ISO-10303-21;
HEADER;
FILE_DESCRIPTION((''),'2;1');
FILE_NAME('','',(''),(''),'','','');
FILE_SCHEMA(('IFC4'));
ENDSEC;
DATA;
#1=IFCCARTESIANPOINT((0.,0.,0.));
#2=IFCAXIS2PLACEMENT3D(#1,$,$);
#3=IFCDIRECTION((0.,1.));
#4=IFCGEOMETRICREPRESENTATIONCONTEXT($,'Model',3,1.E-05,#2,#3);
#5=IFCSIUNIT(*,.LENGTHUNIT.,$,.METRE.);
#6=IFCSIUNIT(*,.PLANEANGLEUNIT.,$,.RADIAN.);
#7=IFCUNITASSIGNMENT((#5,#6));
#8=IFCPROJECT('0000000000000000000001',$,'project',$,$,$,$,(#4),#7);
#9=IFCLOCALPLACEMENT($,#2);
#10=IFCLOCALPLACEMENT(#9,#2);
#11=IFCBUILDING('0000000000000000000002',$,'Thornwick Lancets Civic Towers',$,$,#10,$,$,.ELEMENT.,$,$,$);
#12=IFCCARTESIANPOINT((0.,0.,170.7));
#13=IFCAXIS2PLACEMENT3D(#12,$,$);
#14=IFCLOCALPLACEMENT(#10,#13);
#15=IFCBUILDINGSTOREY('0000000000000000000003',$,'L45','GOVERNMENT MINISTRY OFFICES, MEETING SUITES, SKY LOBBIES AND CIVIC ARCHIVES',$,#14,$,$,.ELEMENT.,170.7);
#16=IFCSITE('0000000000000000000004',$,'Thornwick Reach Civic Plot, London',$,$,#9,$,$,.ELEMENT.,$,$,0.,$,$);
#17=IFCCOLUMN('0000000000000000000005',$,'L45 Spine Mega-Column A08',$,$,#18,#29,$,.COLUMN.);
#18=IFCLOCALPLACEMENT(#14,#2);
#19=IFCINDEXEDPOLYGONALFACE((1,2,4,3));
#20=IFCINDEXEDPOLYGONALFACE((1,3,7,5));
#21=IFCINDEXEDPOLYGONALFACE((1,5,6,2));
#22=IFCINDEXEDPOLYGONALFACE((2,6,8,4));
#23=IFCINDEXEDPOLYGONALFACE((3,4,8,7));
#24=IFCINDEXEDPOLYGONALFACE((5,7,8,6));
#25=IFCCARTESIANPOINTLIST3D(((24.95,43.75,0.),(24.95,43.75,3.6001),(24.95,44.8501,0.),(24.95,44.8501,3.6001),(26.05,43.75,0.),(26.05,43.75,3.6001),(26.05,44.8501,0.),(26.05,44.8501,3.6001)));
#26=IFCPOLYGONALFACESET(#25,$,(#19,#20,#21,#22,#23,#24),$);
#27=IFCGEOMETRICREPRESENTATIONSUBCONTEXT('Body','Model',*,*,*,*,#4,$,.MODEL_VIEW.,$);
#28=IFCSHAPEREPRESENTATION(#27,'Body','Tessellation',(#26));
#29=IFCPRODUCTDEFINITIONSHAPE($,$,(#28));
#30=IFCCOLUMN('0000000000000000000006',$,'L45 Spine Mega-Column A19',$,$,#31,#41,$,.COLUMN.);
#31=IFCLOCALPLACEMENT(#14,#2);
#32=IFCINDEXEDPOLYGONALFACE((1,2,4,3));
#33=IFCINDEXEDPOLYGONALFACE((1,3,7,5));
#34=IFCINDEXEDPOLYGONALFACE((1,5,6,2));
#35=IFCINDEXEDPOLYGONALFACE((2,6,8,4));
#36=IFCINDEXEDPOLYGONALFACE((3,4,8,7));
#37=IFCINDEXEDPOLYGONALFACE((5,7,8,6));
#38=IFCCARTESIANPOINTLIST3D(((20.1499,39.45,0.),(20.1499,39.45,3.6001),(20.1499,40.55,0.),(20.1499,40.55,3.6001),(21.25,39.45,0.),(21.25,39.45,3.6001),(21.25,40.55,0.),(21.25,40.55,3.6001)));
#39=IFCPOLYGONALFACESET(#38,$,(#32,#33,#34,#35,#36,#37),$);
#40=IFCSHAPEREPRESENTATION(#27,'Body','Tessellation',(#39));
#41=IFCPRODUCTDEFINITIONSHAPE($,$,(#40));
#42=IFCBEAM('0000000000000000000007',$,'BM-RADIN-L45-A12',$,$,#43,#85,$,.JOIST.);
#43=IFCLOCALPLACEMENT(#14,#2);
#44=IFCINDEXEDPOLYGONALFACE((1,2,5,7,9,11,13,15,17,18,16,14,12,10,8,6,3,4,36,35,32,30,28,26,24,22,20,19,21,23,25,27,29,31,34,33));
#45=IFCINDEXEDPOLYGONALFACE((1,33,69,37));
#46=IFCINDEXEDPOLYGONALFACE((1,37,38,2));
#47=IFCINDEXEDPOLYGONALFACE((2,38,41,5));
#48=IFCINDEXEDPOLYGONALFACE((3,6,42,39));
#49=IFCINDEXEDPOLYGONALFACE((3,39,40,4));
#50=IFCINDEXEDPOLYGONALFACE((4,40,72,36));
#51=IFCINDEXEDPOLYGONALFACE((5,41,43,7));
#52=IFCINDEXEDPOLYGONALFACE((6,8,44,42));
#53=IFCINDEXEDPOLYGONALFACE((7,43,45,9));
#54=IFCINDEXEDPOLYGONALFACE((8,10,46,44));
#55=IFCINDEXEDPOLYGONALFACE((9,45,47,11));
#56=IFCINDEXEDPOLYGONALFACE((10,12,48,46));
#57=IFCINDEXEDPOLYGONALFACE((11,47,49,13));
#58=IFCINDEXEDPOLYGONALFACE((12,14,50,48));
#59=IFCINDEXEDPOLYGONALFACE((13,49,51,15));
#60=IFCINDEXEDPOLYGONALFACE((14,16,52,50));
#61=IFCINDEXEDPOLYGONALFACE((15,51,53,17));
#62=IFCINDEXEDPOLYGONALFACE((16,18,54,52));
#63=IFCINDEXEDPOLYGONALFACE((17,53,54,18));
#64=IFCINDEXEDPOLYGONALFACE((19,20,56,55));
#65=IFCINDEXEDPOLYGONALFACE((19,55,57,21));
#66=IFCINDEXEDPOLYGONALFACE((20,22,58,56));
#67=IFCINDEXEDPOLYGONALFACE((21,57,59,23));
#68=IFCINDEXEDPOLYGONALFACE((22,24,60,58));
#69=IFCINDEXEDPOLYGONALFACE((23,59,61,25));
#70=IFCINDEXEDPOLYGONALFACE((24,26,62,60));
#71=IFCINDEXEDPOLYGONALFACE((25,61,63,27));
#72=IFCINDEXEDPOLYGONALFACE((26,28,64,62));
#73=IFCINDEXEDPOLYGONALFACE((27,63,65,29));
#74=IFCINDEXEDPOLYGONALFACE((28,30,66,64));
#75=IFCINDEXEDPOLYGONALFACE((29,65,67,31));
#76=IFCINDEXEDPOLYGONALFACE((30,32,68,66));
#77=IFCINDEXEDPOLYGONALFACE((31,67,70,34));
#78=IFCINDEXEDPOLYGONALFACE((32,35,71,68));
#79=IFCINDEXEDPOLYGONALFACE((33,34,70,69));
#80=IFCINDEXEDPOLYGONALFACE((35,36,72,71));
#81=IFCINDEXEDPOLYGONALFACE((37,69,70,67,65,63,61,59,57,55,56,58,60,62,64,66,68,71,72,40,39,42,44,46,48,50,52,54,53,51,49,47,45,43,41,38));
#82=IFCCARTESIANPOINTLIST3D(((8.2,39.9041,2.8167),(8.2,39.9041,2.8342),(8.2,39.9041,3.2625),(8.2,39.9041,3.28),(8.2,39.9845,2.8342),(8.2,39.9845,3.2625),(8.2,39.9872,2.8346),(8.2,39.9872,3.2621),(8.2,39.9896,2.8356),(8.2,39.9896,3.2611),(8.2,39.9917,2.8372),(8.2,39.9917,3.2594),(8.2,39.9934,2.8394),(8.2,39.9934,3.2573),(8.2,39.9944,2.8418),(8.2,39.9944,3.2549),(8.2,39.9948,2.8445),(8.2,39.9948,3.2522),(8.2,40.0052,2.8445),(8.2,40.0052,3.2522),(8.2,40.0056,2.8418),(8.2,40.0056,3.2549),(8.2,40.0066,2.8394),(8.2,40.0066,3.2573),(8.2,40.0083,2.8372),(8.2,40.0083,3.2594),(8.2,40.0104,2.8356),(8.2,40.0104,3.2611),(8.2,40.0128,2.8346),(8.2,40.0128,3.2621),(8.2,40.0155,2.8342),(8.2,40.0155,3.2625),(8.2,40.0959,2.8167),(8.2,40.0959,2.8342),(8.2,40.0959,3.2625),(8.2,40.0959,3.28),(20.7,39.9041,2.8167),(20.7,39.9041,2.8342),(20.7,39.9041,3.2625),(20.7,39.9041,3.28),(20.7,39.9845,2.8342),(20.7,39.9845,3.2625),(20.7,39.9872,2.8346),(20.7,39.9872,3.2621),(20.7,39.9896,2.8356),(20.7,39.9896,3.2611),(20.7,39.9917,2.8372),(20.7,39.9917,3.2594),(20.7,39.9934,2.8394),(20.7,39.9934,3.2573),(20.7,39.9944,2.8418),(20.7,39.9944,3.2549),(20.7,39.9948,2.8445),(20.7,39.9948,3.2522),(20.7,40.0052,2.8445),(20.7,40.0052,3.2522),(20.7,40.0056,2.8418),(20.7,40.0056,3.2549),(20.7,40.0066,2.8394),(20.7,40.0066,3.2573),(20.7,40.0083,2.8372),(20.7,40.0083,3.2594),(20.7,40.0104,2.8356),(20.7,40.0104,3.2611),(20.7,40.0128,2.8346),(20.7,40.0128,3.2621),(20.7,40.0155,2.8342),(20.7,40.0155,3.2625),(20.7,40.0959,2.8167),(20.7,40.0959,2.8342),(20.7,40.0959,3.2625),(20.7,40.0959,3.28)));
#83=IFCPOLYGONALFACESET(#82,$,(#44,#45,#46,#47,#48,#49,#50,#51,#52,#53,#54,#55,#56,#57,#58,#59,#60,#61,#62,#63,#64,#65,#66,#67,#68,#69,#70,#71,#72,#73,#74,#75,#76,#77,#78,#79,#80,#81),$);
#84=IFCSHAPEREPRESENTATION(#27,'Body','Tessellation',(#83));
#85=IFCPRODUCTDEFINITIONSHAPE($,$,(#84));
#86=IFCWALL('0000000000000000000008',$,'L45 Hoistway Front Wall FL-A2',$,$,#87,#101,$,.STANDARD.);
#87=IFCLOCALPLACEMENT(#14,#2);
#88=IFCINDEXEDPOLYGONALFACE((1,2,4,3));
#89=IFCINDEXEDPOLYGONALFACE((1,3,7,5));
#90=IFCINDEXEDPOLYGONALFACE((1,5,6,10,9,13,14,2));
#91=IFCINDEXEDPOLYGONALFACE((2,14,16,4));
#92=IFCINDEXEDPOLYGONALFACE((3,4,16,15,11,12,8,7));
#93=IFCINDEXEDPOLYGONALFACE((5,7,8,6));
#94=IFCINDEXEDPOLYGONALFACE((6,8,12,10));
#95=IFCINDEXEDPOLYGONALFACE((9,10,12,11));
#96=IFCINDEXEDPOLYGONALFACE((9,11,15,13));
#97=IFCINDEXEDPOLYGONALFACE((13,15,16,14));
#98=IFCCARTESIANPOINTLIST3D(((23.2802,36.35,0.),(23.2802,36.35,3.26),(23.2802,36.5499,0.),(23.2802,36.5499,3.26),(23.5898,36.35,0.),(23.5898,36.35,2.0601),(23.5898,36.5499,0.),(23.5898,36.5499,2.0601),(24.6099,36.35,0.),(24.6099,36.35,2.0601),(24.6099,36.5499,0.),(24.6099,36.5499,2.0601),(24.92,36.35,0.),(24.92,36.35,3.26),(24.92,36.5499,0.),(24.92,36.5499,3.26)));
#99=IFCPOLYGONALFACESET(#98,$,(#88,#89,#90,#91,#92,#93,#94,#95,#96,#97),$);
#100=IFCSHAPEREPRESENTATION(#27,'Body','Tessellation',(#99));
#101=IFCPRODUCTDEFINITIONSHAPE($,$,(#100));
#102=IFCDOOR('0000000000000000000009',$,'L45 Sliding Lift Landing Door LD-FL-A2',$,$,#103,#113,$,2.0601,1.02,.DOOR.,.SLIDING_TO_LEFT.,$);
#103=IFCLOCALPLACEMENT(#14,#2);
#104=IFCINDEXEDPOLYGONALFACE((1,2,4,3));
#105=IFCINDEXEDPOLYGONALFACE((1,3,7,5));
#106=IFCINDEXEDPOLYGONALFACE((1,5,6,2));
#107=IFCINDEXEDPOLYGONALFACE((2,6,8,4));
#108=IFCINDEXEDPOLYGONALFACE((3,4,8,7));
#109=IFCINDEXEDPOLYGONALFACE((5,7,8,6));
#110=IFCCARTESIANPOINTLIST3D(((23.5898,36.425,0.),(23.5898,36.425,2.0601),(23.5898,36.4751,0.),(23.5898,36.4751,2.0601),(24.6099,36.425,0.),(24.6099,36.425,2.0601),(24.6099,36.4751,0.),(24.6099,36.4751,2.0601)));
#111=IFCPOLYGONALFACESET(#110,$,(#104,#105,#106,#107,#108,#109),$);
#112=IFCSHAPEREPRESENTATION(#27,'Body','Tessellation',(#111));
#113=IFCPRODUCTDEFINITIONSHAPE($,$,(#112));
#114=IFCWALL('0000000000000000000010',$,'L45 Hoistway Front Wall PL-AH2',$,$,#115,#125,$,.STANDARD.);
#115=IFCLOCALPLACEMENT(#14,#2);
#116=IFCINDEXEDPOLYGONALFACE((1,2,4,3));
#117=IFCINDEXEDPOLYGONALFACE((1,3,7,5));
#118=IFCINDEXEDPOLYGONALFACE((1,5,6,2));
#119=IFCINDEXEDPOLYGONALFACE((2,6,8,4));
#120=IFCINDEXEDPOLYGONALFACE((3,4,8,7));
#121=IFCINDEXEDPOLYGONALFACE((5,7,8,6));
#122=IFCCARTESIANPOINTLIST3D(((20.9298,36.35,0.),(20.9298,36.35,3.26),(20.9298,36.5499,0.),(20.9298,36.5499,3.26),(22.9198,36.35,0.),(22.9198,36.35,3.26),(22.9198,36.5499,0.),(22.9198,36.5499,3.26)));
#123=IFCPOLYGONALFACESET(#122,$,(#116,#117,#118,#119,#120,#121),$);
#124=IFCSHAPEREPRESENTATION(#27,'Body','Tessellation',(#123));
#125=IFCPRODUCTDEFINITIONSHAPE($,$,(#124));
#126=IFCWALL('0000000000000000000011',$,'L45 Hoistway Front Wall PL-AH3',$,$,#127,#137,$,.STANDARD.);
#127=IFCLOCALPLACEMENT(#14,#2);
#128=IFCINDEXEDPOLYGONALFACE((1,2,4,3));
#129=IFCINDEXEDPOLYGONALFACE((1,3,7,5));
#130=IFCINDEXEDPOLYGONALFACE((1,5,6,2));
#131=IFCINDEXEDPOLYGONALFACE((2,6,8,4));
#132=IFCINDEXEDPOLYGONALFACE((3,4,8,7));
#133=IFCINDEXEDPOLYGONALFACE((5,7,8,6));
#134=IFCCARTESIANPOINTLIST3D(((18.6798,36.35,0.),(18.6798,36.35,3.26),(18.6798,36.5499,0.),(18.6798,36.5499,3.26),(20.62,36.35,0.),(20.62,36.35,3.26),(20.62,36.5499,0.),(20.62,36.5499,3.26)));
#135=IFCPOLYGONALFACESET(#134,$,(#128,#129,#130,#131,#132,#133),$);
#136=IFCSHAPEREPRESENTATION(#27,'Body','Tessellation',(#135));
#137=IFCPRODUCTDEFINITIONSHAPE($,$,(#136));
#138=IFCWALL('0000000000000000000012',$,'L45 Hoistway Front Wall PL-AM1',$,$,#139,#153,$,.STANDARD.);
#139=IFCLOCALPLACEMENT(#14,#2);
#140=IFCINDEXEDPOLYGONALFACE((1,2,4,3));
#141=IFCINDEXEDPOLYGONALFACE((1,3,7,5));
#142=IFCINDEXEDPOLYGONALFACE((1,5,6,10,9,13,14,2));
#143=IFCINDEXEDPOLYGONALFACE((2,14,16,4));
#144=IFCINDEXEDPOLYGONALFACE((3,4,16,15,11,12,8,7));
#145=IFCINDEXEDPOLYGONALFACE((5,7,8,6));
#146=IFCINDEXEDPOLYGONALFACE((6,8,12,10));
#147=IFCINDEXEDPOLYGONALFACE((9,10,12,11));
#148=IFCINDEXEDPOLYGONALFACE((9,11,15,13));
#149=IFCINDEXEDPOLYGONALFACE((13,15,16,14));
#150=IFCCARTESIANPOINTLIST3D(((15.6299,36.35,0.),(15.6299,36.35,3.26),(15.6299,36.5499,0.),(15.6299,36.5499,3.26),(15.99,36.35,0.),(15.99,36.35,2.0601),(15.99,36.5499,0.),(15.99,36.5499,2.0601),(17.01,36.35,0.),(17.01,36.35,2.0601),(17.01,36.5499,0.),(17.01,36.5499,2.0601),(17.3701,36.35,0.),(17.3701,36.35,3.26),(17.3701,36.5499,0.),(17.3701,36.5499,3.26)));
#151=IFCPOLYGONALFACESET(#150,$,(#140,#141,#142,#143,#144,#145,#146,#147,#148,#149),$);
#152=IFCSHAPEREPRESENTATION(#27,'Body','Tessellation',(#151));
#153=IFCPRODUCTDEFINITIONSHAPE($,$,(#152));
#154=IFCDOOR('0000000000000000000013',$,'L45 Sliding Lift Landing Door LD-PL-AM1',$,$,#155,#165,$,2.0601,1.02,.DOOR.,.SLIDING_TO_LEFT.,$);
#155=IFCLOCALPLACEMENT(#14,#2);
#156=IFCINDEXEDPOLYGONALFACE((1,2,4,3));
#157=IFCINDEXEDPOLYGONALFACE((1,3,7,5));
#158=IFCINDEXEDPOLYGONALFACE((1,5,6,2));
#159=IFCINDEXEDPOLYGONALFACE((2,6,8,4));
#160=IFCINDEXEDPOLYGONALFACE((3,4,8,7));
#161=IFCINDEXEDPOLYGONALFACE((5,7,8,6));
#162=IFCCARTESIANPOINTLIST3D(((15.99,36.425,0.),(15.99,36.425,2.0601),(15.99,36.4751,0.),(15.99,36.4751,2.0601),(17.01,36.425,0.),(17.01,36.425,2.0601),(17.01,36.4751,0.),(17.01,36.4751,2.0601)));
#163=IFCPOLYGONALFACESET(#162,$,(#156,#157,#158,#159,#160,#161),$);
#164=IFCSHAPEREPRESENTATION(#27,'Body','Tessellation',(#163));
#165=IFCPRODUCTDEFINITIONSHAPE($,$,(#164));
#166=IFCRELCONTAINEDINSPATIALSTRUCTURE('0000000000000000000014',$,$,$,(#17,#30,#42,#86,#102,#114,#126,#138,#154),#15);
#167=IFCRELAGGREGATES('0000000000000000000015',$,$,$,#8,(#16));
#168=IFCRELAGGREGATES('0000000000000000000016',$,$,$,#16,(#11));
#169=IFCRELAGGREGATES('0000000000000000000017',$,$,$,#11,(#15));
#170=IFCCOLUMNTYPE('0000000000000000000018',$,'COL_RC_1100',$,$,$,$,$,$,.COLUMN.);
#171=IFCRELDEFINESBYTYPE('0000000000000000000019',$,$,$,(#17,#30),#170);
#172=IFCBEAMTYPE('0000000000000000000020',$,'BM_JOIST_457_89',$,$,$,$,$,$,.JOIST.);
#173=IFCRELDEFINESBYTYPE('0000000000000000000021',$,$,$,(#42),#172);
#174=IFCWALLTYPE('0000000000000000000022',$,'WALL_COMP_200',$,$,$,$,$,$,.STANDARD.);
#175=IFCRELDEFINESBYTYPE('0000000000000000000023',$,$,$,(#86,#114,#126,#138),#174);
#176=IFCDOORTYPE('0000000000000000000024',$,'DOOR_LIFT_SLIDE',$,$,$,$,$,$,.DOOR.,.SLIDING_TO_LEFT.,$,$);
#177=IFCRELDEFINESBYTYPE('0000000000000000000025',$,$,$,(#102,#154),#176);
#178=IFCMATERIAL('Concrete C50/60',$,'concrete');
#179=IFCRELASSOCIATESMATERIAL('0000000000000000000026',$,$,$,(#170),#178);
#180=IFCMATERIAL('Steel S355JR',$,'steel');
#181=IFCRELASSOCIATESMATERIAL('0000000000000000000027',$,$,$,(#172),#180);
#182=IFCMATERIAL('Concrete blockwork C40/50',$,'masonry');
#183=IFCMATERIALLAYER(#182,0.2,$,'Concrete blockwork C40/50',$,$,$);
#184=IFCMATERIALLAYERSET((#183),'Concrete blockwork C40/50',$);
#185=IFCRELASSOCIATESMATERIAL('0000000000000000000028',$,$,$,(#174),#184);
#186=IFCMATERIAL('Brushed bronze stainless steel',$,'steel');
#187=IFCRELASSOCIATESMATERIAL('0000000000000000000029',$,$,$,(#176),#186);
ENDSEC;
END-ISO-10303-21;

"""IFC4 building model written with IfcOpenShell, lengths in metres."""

from ifc_helpers import new_model, si_unit, direction, frame, frame_2d, origin, origin_2d, place, context, subcontext, project, spatial, rectangle, i_section, extrude, material, layer, layer_set, material_profile, profile_set, type_object, element, fill, save


model = new_model("IFC4")

# Units and contexts
model_context = context("Model", 3, precision=1e-05, world=origin(), true_north=direction((0.0, 1.0)))
body_context = subcontext(model_context, "Body", "Model", "MODEL_VIEW")
ifc_project = project(units=[si_unit("LENGTHUNIT", "METRE"), si_unit("PLANEANGLEUNIT", "RADIAN")], contexts=[model_context])

# Site, building, storey
site_placement = place(None, origin())
site = spatial("IfcSite", under=ifc_project, at=site_placement, Name="Thornwick Reach Civic Plot, London", CompositionType="ELEMENT", RefElevation=0.0)
building_placement = place(site_placement, origin())
building = spatial("IfcBuilding", under=site, at=building_placement, Name="Thornwick Lancets Civic Towers", CompositionType="ELEMENT")
storey_placement = place(building_placement, frame((0.0, 0.0, 170.7)))
storey = spatial("IfcBuildingStorey", under=building, at=storey_placement, Name="L45", Description="GOVERNMENT MINISTRY OFFICES, MEETING SUITES, SKY LOBBIES AND CIVIC ARCHIVES", CompositionType="ELEMENT", Elevation=170.7)

# Columns
ifc_material_1 = material(Name="Concrete C50/60", Category="concrete")
ifc_material_profile_1 = material_profile(ifc_material_1, rectangle(XDim=1.1001, YDim=1.1001, at=origin_2d()), Name="RC 1100x1100")
ifc_profile_set_1 = profile_set([ifc_material_profile_1], Name="Concrete C50/60")
column_type = type_object("IfcColumnType", Name="COL_RC_1100", PredefinedType="COLUMN", material=ifc_profile_set_1)
for number, where, z_axis, x_axis, name in (
    (1, (25.5, 44.3, 0.0), (0.0, 0.0, 1.0), (1.0, 0.0, 0.0), "L45 Spine Mega-Column A08"),
    (2, (20.7, 40.0, 0.0), (0.0, 0.0, 1.0), (1.0, 0.0, 0.0), "L45 Spine Mega-Column A19"),
):
    element("IfcColumn", number, at=place(storey_placement, frame(where, z_axis=z_axis, x_axis=x_axis)), inside=storey, type_object=column_type, Name=name, PredefinedType="COLUMN", context=body_context, shape_type="SweptSolid", body=[
        extrude(rectangle(XDim=1.1001, YDim=1.1001, at=origin_2d()), origin(), (0.0, 0.0, 1.0), 3.6001),
    ])

# Beam
ifc_material_2 = material(Name="Steel S355JR", Category="steel")
ifc_material_profile_2 = material_profile(ifc_material_2, i_section(OverallWidth=0.1919, OverallDepth=0.4634, WebThickness=0.0105, FlangeThickness=0.0176, FilletRadius=0.0103, at=origin_2d()), Name="UKB 457x191x89")
ifc_profile_set_2 = profile_set([ifc_material_profile_2], Name="Steel S355JR")
beam_type = type_object("IfcBeamType", Name="BM_JOIST_457_89", PredefinedType="JOIST", material=ifc_profile_set_2)
beam_placement = place(storey_placement, frame((20.7, 40.0, 3.0483), z_axis=(-1.0, 0.0, 0.0), x_axis=(0.0, -1.0, 0.0)))
element("IfcBeam", 3, at=beam_placement, inside=storey, type_object=beam_type, Name="BM-RADIN-L45-A12", PredefinedType="JOIST", context=body_context, shape_type="SweptSolid", body=[
    extrude(i_section(OverallWidth=0.1919, OverallDepth=0.4634, WebThickness=0.0105, FlangeThickness=0.0176, FilletRadius=0.0103, at=origin_2d()), origin(), (0.0, 0.0, 1.0), 12.5),
])

# Wall, opening, door
ifc_material_3 = material(Name="Concrete blockwork C40/50", Category="masonry")
ifc_layer_1 = layer(ifc_material_3, 0.2, Name="Concrete blockwork C40/50")
ifc_layer_set_1 = layer_set([ifc_layer_1], Name="Concrete blockwork C40/50")
wall_type_1 = type_object("IfcWallType", Name="WALL_COMP_200", PredefinedType="STANDARD", material=ifc_layer_set_1)
wall_1_placement = place(storey_placement, frame((24.9199, 36.45, 0.0), z_axis=(0.0, 0.0, 1.0), x_axis=(-1.0, 0.0, 0.0)))
wall_1 = element("IfcWall", 4, at=wall_1_placement, inside=storey, type_object=wall_type_1, Name="L45 Hoistway Front Wall FL-A2", PredefinedType="STANDARD", context=body_context, shape_type="SweptSolid", body=[
    extrude(rectangle(XDim=1.6399, YDim=0.2, at=frame_2d((0.8198, 0.0))), origin(), (0.0, 0.0, 1.0), 3.26),
])
opening_1_placement = place(wall_1_placement, frame((0.3101, 0.0, 0.0)))
opening_1 = element("IfcOpeningElement", 5, at=opening_1_placement, cuts=wall_1, PredefinedType="OPENING", context=body_context, shape_type="SweptSolid", body=[
    extrude(rectangle(XDim=1.02, YDim=2.0601, at=frame_2d((0.51, 1.03))), frame((0.0, 0.1099, 0.0), z_axis=(0.0, -1.0, 0.0), x_axis=(1.0, 0.0, 0.0)), (0.0, 0.0, 1.0), 0.22),
])
ifc_material_4 = material(Name="Brushed bronze stainless steel", Category="steel")
door_type = type_object("IfcDoorType", Name="DOOR_LIFT_SLIDE", OperationType="SLIDING_TO_LEFT", PredefinedType="DOOR", material=ifc_material_4)
door_1_placement = place(opening_1_placement, origin())
door_1 = element("IfcDoor", 6, at=door_1_placement, inside=storey, type_object=door_type, Name="L45 Sliding Lift Landing Door LD-FL-A2", OperationType="SLIDING_TO_LEFT", OverallHeight=2.0601, OverallWidth=1.02, PredefinedType="DOOR", context=body_context, shape_type="SweptSolid", body=[
    extrude(rectangle(XDim=1.02, YDim=2.0601, at=frame_2d((0.51, 1.03))), frame((0.0, 0.0249, 0.0), z_axis=(0.0, -1.0, 0.0), x_axis=(1.0, 0.0, 0.0)), (0.0, 0.0, 1.0), 0.05),
])
fill(opening_1, door_1)

# Walls
wall_2_placement = place(storey_placement, frame((22.9199, 36.45, 0.0), z_axis=(0.0, 0.0, 1.0), x_axis=(-1.0, 0.0, 0.0)))
element("IfcWall", 7, at=wall_2_placement, inside=storey, type_object=wall_type_1, Name="L45 Hoistway Front Wall PL-AH2", PredefinedType="STANDARD", context=body_context, shape_type="SweptSolid", body=[
    extrude(rectangle(XDim=1.99, YDim=0.2, at=frame_2d((0.9951, 0.0))), origin(), (0.0, 0.0, 1.0), 3.26),
])
wall_3_placement = place(storey_placement, frame((20.6201, 36.45, 0.0), z_axis=(0.0, 0.0, 1.0), x_axis=(-1.0, 0.0, 0.0)))
element("IfcWall", 8, at=wall_3_placement, inside=storey, type_object=wall_type_1, Name="L45 Hoistway Front Wall PL-AH3", PredefinedType="STANDARD", context=body_context, shape_type="SweptSolid", body=[
    extrude(rectangle(XDim=1.9402, YDim=0.2, at=frame_2d((0.9702, 0.0))), origin(), (0.0, 0.0, 1.0), 3.26),
])

# Wall, opening, door
wall_4_placement = place(storey_placement, frame((17.3701, 36.45, 0.0), z_axis=(0.0, 0.0, 1.0), x_axis=(-1.0, 0.0, 0.0)))
wall_4 = element("IfcWall", 9, at=wall_4_placement, inside=storey, type_object=wall_type_1, Name="L45 Hoistway Front Wall PL-AM1", PredefinedType="STANDARD", context=body_context, shape_type="SweptSolid", body=[
    extrude(rectangle(XDim=1.7402, YDim=0.2, at=frame_2d((0.8701, 0.0))), origin(), (0.0, 0.0, 1.0), 3.26),
])
opening_2_placement = place(wall_4_placement, frame((0.3601, 0.0, 0.0)))
opening_2 = element("IfcOpeningElement", 10, at=opening_2_placement, cuts=wall_4, PredefinedType="OPENING", context=body_context, shape_type="SweptSolid", body=[
    extrude(rectangle(XDim=1.02, YDim=2.0601, at=frame_2d((0.51, 1.03))), frame((0.0, 0.1099, 0.0), z_axis=(0.0, -1.0, 0.0), x_axis=(1.0, 0.0, 0.0)), (0.0, 0.0, 1.0), 0.22),
])
door_2_placement = place(opening_2_placement, origin())
door_2 = element("IfcDoor", 11, at=door_2_placement, inside=storey, type_object=door_type, Name="L45 Sliding Lift Landing Door LD-PL-AM1", OperationType="SLIDING_TO_LEFT", OverallHeight=2.0601, OverallWidth=1.02, PredefinedType="DOOR", context=body_context, shape_type="SweptSolid", body=[
    extrude(rectangle(XDim=1.02, YDim=2.0601, at=frame_2d((0.51, 1.03))), frame((0.0, 0.0249, 0.0), z_axis=(0.0, -1.0, 0.0), x_axis=(1.0, 0.0, 0.0)), (0.0, 0.0, 1.0), 0.05),
])
fill(opening_2, door_2)

save(model, "model.ifc")
